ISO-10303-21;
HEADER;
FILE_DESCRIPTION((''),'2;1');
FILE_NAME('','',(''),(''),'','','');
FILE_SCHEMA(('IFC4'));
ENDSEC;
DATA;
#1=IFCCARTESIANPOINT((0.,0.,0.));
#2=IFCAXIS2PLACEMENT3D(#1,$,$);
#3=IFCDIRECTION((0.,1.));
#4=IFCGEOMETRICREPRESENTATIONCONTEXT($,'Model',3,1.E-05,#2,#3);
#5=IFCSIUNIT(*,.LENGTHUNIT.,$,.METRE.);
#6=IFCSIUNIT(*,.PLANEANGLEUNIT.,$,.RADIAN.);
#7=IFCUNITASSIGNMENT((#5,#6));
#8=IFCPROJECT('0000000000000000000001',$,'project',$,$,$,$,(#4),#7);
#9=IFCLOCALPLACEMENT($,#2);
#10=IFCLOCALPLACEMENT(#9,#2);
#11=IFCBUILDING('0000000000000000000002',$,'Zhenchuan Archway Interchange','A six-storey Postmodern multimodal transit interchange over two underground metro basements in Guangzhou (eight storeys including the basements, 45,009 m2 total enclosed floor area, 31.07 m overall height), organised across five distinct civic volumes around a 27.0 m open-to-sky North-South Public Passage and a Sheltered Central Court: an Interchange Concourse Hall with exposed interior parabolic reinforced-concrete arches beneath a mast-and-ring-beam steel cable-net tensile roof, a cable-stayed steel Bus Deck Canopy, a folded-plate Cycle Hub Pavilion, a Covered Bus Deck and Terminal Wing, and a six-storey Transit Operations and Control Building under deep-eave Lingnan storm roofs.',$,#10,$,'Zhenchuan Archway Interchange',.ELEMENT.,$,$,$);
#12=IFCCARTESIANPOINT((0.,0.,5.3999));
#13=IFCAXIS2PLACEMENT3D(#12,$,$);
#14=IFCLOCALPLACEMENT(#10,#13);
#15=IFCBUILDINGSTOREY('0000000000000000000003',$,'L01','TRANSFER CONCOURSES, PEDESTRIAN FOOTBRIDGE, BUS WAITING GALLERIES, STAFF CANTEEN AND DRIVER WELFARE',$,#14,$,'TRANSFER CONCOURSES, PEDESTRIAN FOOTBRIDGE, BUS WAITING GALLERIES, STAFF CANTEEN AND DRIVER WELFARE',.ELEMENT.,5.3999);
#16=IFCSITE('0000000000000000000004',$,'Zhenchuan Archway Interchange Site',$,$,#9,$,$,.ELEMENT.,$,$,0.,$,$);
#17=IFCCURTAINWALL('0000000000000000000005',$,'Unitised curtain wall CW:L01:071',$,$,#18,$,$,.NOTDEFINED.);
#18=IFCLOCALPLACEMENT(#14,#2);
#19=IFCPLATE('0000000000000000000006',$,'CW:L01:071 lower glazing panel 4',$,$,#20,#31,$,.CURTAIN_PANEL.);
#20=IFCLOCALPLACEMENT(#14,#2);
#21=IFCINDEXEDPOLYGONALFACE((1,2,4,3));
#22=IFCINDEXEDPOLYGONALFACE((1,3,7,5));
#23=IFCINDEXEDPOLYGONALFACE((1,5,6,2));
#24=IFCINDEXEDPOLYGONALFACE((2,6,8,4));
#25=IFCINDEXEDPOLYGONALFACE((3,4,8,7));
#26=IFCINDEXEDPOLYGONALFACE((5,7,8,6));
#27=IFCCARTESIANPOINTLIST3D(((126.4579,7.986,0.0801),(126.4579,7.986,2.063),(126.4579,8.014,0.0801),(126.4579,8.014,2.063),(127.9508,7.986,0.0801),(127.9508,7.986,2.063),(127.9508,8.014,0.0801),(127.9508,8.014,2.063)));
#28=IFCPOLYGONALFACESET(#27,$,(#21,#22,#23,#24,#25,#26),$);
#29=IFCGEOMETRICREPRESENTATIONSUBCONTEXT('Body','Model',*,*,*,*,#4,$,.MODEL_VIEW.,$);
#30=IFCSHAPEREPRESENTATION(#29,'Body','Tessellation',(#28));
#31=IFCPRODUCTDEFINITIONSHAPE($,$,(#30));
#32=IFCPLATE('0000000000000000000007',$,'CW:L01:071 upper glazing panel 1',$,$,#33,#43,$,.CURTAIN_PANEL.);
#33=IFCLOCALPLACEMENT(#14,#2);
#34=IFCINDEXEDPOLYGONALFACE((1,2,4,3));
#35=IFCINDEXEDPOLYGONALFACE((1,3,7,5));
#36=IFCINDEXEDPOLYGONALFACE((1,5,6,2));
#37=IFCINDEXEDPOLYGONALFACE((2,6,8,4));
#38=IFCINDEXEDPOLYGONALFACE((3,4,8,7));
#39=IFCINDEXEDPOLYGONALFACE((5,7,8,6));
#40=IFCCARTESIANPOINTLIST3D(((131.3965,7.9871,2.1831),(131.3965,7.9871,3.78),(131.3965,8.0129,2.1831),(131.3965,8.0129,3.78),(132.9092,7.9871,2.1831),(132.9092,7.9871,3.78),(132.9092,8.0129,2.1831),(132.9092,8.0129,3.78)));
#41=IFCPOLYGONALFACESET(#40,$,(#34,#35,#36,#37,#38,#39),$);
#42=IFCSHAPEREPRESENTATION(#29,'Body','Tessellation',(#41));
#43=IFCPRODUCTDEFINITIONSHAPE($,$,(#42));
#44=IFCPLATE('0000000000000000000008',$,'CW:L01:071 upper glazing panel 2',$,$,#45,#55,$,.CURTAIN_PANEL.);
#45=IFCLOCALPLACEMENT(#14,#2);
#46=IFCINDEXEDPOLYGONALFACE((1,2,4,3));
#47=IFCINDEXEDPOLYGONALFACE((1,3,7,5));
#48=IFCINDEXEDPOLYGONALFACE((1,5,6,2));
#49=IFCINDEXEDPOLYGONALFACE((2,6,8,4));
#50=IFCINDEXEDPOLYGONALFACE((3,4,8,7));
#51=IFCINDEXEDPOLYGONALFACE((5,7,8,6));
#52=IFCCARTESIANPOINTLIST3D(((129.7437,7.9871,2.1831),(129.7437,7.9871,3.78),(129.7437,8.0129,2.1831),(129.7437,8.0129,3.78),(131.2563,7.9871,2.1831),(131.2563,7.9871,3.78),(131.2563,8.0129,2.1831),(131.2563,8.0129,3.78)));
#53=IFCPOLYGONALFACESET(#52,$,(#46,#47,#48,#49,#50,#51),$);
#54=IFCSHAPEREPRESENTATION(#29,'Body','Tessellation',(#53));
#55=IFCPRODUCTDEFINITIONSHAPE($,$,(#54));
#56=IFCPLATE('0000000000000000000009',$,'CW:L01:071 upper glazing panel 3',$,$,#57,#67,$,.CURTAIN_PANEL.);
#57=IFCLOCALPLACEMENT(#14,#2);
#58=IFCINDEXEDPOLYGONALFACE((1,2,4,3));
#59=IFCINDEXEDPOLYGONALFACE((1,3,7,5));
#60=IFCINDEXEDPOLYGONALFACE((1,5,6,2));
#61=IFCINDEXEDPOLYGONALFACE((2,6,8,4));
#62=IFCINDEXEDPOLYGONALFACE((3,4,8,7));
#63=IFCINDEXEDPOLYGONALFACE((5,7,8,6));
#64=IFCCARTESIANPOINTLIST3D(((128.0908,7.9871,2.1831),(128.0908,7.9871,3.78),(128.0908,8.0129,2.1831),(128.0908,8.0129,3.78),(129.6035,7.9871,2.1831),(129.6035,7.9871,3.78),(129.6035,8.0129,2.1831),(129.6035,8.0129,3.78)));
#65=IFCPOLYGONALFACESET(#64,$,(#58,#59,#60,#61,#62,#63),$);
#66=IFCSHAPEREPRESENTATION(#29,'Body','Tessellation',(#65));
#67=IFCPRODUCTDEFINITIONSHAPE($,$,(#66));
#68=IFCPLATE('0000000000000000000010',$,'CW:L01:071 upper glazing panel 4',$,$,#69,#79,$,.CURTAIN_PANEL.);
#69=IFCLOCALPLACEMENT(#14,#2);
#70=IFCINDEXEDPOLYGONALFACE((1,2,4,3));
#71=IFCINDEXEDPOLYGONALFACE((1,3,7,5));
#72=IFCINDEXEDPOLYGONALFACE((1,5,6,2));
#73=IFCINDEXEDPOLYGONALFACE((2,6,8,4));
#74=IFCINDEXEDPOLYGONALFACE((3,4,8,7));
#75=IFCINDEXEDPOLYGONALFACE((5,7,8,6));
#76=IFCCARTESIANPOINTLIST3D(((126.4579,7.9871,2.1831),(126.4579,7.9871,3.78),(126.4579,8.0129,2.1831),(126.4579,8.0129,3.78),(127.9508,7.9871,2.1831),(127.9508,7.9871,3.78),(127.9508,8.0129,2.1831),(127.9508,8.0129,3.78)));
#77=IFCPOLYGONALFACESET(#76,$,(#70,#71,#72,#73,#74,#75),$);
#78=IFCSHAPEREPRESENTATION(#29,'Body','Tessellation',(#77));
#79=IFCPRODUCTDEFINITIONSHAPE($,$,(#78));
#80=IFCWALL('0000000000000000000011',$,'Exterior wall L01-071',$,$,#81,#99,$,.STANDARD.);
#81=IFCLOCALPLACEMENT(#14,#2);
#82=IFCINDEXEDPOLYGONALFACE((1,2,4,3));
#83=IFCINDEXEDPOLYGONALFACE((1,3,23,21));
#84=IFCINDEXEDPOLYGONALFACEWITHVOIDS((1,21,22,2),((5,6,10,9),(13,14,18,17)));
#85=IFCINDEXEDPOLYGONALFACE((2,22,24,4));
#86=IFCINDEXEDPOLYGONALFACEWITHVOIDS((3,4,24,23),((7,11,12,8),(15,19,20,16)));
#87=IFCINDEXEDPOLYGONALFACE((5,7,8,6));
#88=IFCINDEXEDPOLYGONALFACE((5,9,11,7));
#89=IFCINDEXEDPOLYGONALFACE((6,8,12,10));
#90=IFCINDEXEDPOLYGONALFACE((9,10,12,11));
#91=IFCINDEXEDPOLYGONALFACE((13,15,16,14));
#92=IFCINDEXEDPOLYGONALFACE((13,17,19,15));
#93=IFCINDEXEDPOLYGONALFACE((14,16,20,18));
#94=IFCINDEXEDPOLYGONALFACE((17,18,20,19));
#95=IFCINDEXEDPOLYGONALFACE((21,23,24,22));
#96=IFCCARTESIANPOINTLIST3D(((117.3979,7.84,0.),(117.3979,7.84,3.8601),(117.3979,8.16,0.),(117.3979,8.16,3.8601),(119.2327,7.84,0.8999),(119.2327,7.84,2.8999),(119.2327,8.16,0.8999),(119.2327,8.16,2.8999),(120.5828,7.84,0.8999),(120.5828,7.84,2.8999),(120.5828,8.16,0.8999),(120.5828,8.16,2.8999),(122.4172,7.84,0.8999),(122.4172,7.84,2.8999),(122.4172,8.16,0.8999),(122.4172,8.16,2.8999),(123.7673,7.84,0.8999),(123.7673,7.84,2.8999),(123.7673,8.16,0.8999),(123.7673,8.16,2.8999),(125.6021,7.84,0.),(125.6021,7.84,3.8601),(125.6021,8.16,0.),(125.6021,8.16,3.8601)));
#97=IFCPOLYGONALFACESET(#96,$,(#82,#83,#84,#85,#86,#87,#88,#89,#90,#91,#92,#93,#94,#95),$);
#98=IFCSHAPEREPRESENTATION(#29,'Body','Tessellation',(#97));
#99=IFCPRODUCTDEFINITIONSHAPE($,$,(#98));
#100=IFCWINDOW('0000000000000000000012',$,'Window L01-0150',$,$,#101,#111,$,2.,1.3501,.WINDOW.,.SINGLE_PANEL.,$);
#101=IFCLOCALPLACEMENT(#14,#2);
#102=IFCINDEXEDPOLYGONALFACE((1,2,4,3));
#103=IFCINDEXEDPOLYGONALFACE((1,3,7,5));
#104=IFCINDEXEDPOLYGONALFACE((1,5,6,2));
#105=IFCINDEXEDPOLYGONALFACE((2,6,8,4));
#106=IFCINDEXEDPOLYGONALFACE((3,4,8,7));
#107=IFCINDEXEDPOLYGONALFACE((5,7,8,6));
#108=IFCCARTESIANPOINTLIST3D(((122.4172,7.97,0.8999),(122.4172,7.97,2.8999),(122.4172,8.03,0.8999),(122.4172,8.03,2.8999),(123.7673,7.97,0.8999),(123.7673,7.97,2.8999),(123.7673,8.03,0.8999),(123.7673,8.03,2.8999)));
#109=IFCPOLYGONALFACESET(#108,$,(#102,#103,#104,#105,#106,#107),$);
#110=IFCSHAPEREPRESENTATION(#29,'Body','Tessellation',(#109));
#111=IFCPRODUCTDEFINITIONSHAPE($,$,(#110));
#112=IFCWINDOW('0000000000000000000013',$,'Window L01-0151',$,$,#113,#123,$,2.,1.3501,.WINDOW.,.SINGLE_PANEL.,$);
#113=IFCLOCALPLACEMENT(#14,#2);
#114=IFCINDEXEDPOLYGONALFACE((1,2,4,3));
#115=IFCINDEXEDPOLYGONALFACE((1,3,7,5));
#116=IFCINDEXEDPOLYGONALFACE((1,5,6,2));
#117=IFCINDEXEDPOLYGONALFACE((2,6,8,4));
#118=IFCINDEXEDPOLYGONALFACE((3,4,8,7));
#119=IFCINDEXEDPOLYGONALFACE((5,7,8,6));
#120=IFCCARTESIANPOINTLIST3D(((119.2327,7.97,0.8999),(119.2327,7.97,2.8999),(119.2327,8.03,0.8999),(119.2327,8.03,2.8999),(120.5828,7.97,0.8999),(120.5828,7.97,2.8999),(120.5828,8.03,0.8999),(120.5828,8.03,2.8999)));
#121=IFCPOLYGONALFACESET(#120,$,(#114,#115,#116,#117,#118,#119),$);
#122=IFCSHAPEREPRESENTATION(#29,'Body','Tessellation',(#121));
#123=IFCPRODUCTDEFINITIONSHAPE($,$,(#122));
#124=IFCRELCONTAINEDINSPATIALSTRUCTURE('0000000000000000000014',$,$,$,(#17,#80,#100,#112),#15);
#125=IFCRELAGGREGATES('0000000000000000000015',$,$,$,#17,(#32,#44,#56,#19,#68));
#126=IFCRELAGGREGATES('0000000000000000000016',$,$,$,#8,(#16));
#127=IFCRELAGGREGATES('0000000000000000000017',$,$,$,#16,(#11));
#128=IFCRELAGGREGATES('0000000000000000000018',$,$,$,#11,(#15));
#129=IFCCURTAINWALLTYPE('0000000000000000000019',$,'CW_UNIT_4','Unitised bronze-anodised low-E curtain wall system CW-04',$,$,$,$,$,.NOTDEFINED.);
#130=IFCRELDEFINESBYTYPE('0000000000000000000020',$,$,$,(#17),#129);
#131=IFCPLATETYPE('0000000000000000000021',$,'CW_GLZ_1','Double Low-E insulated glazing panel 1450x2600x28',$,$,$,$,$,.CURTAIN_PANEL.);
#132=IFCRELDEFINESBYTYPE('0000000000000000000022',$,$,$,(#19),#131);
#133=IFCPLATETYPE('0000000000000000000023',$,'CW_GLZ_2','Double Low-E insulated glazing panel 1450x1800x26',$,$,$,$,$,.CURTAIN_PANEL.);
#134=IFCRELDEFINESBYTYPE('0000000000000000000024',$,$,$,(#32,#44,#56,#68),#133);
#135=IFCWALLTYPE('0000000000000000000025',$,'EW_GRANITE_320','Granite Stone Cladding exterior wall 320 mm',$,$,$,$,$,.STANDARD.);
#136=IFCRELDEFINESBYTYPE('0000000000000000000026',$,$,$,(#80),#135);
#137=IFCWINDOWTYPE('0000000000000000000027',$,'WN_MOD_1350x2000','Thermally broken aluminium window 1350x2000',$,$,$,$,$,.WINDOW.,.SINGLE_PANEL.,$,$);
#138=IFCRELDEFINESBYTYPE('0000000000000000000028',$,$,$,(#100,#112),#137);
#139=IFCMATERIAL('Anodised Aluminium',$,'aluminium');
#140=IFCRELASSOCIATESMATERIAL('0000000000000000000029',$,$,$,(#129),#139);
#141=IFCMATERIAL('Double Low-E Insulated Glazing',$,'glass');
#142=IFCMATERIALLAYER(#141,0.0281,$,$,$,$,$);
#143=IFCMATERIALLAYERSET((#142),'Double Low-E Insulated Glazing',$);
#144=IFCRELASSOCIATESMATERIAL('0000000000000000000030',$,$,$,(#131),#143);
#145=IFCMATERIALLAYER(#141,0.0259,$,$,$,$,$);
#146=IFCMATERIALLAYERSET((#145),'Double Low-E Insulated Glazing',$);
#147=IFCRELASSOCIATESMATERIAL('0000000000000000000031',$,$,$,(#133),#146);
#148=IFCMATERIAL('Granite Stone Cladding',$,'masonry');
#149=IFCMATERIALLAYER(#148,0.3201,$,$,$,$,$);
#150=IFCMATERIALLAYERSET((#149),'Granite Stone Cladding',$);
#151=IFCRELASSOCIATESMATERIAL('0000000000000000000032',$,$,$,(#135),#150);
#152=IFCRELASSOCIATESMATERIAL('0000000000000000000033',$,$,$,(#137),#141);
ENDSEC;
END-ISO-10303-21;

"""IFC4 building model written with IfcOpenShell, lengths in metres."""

from ifc_helpers import new_model, si_unit, direction, frame, frame_2d, origin, origin_2d, place, context, subcontext, project, spatial, rectangle, extrude, material, layer, layer_set, type_object, element, fill, aggregate, save


model = new_model("IFC4")

# Units and contexts
model_context = context("Model", 3, precision=1e-05, world=origin(), true_north=direction((0.0, 1.0)))
body_context = subcontext(model_context, "Body", "Model", "MODEL_VIEW")
ifc_project = project(units=[si_unit("LENGTHUNIT", "METRE"), si_unit("PLANEANGLEUNIT", "RADIAN")], contexts=[model_context])

# Site, building, storey
site_placement = place(None, origin())
site = spatial("IfcSite", under=ifc_project, at=site_placement, Name="Zhenchuan Archway Interchange Site", CompositionType="ELEMENT", RefElevation=0.0)
building_placement = place(site_placement, origin())
building = spatial("IfcBuilding", under=site, at=building_placement, Name="Zhenchuan Archway Interchange", Description="A six-storey Postmodern multimodal transit interchange over two underground metro basements in Guangzhou (eight storeys including the basements, 45,009 m2 total enclosed floor area, 31.07 m overall height), organised across five distinct civic volumes around a 27.0 m open-to-sky North-South Public Passage and a Sheltered Central Court: an Interchange Concourse Hall with exposed interior parabolic reinforced-concrete arches beneath a mast-and-ring-beam steel cable-net tensile roof, a cable-stayed steel Bus Deck Canopy, a folded-plate Cycle Hub Pavilion, a Covered Bus Deck and Terminal Wing, and a six-storey Transit Operations and Control Building under deep-eave Lingnan storm roofs.", LongName="Zhenchuan Archway Interchange", CompositionType="ELEMENT")
storey_placement = place(building_placement, frame((0.0, 0.0, 5.3999)))
storey = spatial("IfcBuildingStorey", under=building, at=storey_placement, Name="L01", Description="TRANSFER CONCOURSES, PEDESTRIAN FOOTBRIDGE, BUS WAITING GALLERIES, STAFF CANTEEN AND DRIVER WELFARE", LongName="TRANSFER CONCOURSES, PEDESTRIAN FOOTBRIDGE, BUS WAITING GALLERIES, STAFF CANTEEN AND DRIVER WELFARE", CompositionType="ELEMENT", Elevation=5.3999)

# Curtain wall
ifc_material_1 = material(Name="Anodised Aluminium", Category="aluminium")
curtain_wall_type = type_object("IfcCurtainWallType", Name="CW_UNIT_4", Description="Unitised bronze-anodised low-E curtain wall system CW-04", PredefinedType="NOTDEFINED", material=ifc_material_1)
curtain_wall_placement = place(storey_placement, origin())
curtain_wall = element("IfcCurtainWall", 1, at=curtain_wall_placement, inside=storey, type_object=curtain_wall_type, Name="Unitised curtain wall CW:L01:071", PredefinedType="NOTDEFINED")

# Plates
ifc_material_2 = material(Name="Double Low-E Insulated Glazing", Category="glass")
ifc_layer_1 = layer(ifc_material_2, 0.0281)
ifc_layer_set_1 = layer_set([ifc_layer_1], Name="Double Low-E Insulated Glazing")
plate_type_1 = type_object("IfcPlateType", Name="CW_GLZ_1", Description="Double Low-E insulated glazing panel 1450x2600x28", PredefinedType="CURTAIN_PANEL", material=ifc_layer_set_1)
plate_1_placement = place(storey_placement, frame((127.2043, 8.0, 0.0801), z_axis=(0.0, 0.0, 1.0), x_axis=(-1.0, 0.0, 0.0)))
plate_1 = element("IfcPlate", 2, at=plate_1_placement, type_object=plate_type_1, Name="CW:L01:071 lower glazing panel 4", PredefinedType="CURTAIN_PANEL", context=body_context, shape_type="SweptSolid", body=[
    extrude(rectangle(XDim=1.4929, YDim=0.0281, at=origin_2d()), origin(), (0.0, 0.0, 1.0), 1.9829),
])
ifc_layer_2 = layer(ifc_material_2, 0.0259)
ifc_layer_set_2 = layer_set([ifc_layer_2], Name="Double Low-E Insulated Glazing")
plate_type_2 = type_object("IfcPlateType", Name="CW_GLZ_2", Description="Double Low-E insulated glazing panel 1450x1800x26", PredefinedType="CURTAIN_PANEL", material=ifc_layer_set_2)
plate_2_placement = place(storey_placement, frame((132.1528, 8.0, 2.1831), z_axis=(0.0, 0.0, 1.0), x_axis=(-1.0, 0.0, 0.0)))
plate_2 = element("IfcPlate", 3, at=plate_2_placement, type_object=plate_type_2, Name="CW:L01:071 upper glazing panel 1", PredefinedType="CURTAIN_PANEL", context=body_context, shape_type="SweptSolid", body=[
    extrude(rectangle(XDim=1.5127, YDim=0.0259, at=origin_2d()), origin(), (0.0, 0.0, 1.0), 1.5969),
])
plate_3_placement = place(storey_placement, frame((130.5, 8.0, 2.1831), z_axis=(0.0, 0.0, 1.0), x_axis=(-1.0, 0.0, 0.0)))
plate_3 = element("IfcPlate", 4, at=plate_3_placement, type_object=plate_type_2, Name="CW:L01:071 upper glazing panel 2", PredefinedType="CURTAIN_PANEL", context=body_context, shape_type="SweptSolid", body=[
    extrude(rectangle(XDim=1.5127, YDim=0.0259, at=origin_2d()), origin(), (0.0, 0.0, 1.0), 1.5969),
])
plate_4_placement = place(storey_placement, frame((128.8472, 8.0, 2.1831), z_axis=(0.0, 0.0, 1.0), x_axis=(-1.0, 0.0, 0.0)))
plate_4 = element("IfcPlate", 5, at=plate_4_placement, type_object=plate_type_2, Name="CW:L01:071 upper glazing panel 3", PredefinedType="CURTAIN_PANEL", context=body_context, shape_type="SweptSolid", body=[
    extrude(rectangle(XDim=1.5127, YDim=0.0259, at=origin_2d()), origin(), (0.0, 0.0, 1.0), 1.5969),
])
plate_5_placement = place(storey_placement, frame((127.2043, 8.0, 2.1831), z_axis=(0.0, 0.0, 1.0), x_axis=(-1.0, 0.0, 0.0)))
plate_5 = element("IfcPlate", 6, at=plate_5_placement, type_object=plate_type_2, Name="CW:L01:071 upper glazing panel 4", PredefinedType="CURTAIN_PANEL", context=body_context, shape_type="SweptSolid", body=[
    extrude(rectangle(XDim=1.4929, YDim=0.0259, at=origin_2d()), origin(), (0.0, 0.0, 1.0), 1.5969),
])
aggregate(curtain_wall, [plate_2, plate_3, plate_4, plate_1, plate_5])

# Wall, openings, windows
ifc_material_3 = material(Name="Granite Stone Cladding", Category="masonry")
ifc_layer_3 = layer(ifc_material_3, 0.3201)
ifc_layer_set_3 = layer_set([ifc_layer_3], Name="Granite Stone Cladding")
wall_type = type_object("IfcWallType", Name="EW_GRANITE_320", Description="Granite Stone Cladding exterior wall 320 mm", PredefinedType="STANDARD", material=ifc_layer_set_3)
wall_placement = place(storey_placement, frame((125.6021, 8.0, 0.0), z_axis=(0.0, 0.0, 1.0), x_axis=(-1.0, 0.0, 0.0)))
wall = element("IfcWall", 7, at=wall_placement, inside=storey, type_object=wall_type, Name="Exterior wall L01-071", PredefinedType="STANDARD", context=body_context, shape_type="SweptSolid", body=[
    extrude(rectangle(XDim=8.2041, YDim=0.3201, at=frame_2d((4.1021, 0.0))), origin(), (0.0, 0.0, 1.0), 3.8601),
])
opening_1_placement = place(wall_placement, frame((1.8347, 0.0, 0.8999)))
opening_1 = element("IfcOpeningElement", 8, at=opening_1_placement, cuts=wall, PredefinedType="OPENING", context=body_context, shape_type="SweptSolid", body=[
    extrude(rectangle(XDim=1.3501, YDim=2.0, at=frame_2d((0.675, 1.0))), frame((0.0, 0.1719, 0.0), z_axis=(0.0, -1.0, 0.0), x_axis=(1.0, 0.0, 0.0)), (0.0, 0.0, 1.0), 0.344),
])
opening_2_placement = place(wall_placement, frame((5.0193, 0.0, 0.8999)))
opening_2 = element("IfcOpeningElement", 9, at=opening_2_placement, cuts=wall, PredefinedType="OPENING", context=body_context, shape_type="SweptSolid", body=[
    extrude(rectangle(XDim=1.3501, YDim=2.0, at=frame_2d((0.675, 1.0))), frame((0.0, 0.1719, 0.0), z_axis=(0.0, -1.0, 0.0), x_axis=(1.0, 0.0, 0.0)), (0.0, 0.0, 1.0), 0.344),
])
window_type = type_object("IfcWindowType", Name="WN_MOD_1350x2000", Description="Thermally broken aluminium window 1350x2000", PartitioningType="SINGLE_PANEL", PredefinedType="WINDOW", material=ifc_material_2)
window_1_placement = place(opening_1_placement, origin())
window_1 = element("IfcWindow", 10, at=window_1_placement, inside=storey, type_object=window_type, Name="Window L01-0150", OverallHeight=2.0, OverallWidth=1.3501, PartitioningType="SINGLE_PANEL", PredefinedType="WINDOW", context=body_context, shape_type="SweptSolid", body=[
    extrude(rectangle(XDim=1.3501, YDim=2.0, at=frame_2d((0.675, 1.0))), frame((0.0, 0.03, 0.0), z_axis=(0.0, -1.0, 0.0), x_axis=(1.0, 0.0, 0.0)), (0.0, 0.0, 1.0), 0.0601),
])
fill(opening_1, window_1)
window_2_placement = place(opening_2_placement, origin())
window_2 = element("IfcWindow", 11, at=window_2_placement, inside=storey, type_object=window_type, Name="Window L01-0151", OverallHeight=2.0, OverallWidth=1.3501, PartitioningType="SINGLE_PANEL", PredefinedType="WINDOW", context=body_context, shape_type="SweptSolid", body=[
    extrude(rectangle(XDim=1.3501, YDim=2.0, at=frame_2d((0.675, 1.0))), frame((0.0, 0.03, 0.0), z_axis=(0.0, -1.0, 0.0), x_axis=(1.0, 0.0, 0.0)), (0.0, 0.0, 1.0), 0.0601),
])
fill(opening_2, window_2)

save(model, "model.ifc")
